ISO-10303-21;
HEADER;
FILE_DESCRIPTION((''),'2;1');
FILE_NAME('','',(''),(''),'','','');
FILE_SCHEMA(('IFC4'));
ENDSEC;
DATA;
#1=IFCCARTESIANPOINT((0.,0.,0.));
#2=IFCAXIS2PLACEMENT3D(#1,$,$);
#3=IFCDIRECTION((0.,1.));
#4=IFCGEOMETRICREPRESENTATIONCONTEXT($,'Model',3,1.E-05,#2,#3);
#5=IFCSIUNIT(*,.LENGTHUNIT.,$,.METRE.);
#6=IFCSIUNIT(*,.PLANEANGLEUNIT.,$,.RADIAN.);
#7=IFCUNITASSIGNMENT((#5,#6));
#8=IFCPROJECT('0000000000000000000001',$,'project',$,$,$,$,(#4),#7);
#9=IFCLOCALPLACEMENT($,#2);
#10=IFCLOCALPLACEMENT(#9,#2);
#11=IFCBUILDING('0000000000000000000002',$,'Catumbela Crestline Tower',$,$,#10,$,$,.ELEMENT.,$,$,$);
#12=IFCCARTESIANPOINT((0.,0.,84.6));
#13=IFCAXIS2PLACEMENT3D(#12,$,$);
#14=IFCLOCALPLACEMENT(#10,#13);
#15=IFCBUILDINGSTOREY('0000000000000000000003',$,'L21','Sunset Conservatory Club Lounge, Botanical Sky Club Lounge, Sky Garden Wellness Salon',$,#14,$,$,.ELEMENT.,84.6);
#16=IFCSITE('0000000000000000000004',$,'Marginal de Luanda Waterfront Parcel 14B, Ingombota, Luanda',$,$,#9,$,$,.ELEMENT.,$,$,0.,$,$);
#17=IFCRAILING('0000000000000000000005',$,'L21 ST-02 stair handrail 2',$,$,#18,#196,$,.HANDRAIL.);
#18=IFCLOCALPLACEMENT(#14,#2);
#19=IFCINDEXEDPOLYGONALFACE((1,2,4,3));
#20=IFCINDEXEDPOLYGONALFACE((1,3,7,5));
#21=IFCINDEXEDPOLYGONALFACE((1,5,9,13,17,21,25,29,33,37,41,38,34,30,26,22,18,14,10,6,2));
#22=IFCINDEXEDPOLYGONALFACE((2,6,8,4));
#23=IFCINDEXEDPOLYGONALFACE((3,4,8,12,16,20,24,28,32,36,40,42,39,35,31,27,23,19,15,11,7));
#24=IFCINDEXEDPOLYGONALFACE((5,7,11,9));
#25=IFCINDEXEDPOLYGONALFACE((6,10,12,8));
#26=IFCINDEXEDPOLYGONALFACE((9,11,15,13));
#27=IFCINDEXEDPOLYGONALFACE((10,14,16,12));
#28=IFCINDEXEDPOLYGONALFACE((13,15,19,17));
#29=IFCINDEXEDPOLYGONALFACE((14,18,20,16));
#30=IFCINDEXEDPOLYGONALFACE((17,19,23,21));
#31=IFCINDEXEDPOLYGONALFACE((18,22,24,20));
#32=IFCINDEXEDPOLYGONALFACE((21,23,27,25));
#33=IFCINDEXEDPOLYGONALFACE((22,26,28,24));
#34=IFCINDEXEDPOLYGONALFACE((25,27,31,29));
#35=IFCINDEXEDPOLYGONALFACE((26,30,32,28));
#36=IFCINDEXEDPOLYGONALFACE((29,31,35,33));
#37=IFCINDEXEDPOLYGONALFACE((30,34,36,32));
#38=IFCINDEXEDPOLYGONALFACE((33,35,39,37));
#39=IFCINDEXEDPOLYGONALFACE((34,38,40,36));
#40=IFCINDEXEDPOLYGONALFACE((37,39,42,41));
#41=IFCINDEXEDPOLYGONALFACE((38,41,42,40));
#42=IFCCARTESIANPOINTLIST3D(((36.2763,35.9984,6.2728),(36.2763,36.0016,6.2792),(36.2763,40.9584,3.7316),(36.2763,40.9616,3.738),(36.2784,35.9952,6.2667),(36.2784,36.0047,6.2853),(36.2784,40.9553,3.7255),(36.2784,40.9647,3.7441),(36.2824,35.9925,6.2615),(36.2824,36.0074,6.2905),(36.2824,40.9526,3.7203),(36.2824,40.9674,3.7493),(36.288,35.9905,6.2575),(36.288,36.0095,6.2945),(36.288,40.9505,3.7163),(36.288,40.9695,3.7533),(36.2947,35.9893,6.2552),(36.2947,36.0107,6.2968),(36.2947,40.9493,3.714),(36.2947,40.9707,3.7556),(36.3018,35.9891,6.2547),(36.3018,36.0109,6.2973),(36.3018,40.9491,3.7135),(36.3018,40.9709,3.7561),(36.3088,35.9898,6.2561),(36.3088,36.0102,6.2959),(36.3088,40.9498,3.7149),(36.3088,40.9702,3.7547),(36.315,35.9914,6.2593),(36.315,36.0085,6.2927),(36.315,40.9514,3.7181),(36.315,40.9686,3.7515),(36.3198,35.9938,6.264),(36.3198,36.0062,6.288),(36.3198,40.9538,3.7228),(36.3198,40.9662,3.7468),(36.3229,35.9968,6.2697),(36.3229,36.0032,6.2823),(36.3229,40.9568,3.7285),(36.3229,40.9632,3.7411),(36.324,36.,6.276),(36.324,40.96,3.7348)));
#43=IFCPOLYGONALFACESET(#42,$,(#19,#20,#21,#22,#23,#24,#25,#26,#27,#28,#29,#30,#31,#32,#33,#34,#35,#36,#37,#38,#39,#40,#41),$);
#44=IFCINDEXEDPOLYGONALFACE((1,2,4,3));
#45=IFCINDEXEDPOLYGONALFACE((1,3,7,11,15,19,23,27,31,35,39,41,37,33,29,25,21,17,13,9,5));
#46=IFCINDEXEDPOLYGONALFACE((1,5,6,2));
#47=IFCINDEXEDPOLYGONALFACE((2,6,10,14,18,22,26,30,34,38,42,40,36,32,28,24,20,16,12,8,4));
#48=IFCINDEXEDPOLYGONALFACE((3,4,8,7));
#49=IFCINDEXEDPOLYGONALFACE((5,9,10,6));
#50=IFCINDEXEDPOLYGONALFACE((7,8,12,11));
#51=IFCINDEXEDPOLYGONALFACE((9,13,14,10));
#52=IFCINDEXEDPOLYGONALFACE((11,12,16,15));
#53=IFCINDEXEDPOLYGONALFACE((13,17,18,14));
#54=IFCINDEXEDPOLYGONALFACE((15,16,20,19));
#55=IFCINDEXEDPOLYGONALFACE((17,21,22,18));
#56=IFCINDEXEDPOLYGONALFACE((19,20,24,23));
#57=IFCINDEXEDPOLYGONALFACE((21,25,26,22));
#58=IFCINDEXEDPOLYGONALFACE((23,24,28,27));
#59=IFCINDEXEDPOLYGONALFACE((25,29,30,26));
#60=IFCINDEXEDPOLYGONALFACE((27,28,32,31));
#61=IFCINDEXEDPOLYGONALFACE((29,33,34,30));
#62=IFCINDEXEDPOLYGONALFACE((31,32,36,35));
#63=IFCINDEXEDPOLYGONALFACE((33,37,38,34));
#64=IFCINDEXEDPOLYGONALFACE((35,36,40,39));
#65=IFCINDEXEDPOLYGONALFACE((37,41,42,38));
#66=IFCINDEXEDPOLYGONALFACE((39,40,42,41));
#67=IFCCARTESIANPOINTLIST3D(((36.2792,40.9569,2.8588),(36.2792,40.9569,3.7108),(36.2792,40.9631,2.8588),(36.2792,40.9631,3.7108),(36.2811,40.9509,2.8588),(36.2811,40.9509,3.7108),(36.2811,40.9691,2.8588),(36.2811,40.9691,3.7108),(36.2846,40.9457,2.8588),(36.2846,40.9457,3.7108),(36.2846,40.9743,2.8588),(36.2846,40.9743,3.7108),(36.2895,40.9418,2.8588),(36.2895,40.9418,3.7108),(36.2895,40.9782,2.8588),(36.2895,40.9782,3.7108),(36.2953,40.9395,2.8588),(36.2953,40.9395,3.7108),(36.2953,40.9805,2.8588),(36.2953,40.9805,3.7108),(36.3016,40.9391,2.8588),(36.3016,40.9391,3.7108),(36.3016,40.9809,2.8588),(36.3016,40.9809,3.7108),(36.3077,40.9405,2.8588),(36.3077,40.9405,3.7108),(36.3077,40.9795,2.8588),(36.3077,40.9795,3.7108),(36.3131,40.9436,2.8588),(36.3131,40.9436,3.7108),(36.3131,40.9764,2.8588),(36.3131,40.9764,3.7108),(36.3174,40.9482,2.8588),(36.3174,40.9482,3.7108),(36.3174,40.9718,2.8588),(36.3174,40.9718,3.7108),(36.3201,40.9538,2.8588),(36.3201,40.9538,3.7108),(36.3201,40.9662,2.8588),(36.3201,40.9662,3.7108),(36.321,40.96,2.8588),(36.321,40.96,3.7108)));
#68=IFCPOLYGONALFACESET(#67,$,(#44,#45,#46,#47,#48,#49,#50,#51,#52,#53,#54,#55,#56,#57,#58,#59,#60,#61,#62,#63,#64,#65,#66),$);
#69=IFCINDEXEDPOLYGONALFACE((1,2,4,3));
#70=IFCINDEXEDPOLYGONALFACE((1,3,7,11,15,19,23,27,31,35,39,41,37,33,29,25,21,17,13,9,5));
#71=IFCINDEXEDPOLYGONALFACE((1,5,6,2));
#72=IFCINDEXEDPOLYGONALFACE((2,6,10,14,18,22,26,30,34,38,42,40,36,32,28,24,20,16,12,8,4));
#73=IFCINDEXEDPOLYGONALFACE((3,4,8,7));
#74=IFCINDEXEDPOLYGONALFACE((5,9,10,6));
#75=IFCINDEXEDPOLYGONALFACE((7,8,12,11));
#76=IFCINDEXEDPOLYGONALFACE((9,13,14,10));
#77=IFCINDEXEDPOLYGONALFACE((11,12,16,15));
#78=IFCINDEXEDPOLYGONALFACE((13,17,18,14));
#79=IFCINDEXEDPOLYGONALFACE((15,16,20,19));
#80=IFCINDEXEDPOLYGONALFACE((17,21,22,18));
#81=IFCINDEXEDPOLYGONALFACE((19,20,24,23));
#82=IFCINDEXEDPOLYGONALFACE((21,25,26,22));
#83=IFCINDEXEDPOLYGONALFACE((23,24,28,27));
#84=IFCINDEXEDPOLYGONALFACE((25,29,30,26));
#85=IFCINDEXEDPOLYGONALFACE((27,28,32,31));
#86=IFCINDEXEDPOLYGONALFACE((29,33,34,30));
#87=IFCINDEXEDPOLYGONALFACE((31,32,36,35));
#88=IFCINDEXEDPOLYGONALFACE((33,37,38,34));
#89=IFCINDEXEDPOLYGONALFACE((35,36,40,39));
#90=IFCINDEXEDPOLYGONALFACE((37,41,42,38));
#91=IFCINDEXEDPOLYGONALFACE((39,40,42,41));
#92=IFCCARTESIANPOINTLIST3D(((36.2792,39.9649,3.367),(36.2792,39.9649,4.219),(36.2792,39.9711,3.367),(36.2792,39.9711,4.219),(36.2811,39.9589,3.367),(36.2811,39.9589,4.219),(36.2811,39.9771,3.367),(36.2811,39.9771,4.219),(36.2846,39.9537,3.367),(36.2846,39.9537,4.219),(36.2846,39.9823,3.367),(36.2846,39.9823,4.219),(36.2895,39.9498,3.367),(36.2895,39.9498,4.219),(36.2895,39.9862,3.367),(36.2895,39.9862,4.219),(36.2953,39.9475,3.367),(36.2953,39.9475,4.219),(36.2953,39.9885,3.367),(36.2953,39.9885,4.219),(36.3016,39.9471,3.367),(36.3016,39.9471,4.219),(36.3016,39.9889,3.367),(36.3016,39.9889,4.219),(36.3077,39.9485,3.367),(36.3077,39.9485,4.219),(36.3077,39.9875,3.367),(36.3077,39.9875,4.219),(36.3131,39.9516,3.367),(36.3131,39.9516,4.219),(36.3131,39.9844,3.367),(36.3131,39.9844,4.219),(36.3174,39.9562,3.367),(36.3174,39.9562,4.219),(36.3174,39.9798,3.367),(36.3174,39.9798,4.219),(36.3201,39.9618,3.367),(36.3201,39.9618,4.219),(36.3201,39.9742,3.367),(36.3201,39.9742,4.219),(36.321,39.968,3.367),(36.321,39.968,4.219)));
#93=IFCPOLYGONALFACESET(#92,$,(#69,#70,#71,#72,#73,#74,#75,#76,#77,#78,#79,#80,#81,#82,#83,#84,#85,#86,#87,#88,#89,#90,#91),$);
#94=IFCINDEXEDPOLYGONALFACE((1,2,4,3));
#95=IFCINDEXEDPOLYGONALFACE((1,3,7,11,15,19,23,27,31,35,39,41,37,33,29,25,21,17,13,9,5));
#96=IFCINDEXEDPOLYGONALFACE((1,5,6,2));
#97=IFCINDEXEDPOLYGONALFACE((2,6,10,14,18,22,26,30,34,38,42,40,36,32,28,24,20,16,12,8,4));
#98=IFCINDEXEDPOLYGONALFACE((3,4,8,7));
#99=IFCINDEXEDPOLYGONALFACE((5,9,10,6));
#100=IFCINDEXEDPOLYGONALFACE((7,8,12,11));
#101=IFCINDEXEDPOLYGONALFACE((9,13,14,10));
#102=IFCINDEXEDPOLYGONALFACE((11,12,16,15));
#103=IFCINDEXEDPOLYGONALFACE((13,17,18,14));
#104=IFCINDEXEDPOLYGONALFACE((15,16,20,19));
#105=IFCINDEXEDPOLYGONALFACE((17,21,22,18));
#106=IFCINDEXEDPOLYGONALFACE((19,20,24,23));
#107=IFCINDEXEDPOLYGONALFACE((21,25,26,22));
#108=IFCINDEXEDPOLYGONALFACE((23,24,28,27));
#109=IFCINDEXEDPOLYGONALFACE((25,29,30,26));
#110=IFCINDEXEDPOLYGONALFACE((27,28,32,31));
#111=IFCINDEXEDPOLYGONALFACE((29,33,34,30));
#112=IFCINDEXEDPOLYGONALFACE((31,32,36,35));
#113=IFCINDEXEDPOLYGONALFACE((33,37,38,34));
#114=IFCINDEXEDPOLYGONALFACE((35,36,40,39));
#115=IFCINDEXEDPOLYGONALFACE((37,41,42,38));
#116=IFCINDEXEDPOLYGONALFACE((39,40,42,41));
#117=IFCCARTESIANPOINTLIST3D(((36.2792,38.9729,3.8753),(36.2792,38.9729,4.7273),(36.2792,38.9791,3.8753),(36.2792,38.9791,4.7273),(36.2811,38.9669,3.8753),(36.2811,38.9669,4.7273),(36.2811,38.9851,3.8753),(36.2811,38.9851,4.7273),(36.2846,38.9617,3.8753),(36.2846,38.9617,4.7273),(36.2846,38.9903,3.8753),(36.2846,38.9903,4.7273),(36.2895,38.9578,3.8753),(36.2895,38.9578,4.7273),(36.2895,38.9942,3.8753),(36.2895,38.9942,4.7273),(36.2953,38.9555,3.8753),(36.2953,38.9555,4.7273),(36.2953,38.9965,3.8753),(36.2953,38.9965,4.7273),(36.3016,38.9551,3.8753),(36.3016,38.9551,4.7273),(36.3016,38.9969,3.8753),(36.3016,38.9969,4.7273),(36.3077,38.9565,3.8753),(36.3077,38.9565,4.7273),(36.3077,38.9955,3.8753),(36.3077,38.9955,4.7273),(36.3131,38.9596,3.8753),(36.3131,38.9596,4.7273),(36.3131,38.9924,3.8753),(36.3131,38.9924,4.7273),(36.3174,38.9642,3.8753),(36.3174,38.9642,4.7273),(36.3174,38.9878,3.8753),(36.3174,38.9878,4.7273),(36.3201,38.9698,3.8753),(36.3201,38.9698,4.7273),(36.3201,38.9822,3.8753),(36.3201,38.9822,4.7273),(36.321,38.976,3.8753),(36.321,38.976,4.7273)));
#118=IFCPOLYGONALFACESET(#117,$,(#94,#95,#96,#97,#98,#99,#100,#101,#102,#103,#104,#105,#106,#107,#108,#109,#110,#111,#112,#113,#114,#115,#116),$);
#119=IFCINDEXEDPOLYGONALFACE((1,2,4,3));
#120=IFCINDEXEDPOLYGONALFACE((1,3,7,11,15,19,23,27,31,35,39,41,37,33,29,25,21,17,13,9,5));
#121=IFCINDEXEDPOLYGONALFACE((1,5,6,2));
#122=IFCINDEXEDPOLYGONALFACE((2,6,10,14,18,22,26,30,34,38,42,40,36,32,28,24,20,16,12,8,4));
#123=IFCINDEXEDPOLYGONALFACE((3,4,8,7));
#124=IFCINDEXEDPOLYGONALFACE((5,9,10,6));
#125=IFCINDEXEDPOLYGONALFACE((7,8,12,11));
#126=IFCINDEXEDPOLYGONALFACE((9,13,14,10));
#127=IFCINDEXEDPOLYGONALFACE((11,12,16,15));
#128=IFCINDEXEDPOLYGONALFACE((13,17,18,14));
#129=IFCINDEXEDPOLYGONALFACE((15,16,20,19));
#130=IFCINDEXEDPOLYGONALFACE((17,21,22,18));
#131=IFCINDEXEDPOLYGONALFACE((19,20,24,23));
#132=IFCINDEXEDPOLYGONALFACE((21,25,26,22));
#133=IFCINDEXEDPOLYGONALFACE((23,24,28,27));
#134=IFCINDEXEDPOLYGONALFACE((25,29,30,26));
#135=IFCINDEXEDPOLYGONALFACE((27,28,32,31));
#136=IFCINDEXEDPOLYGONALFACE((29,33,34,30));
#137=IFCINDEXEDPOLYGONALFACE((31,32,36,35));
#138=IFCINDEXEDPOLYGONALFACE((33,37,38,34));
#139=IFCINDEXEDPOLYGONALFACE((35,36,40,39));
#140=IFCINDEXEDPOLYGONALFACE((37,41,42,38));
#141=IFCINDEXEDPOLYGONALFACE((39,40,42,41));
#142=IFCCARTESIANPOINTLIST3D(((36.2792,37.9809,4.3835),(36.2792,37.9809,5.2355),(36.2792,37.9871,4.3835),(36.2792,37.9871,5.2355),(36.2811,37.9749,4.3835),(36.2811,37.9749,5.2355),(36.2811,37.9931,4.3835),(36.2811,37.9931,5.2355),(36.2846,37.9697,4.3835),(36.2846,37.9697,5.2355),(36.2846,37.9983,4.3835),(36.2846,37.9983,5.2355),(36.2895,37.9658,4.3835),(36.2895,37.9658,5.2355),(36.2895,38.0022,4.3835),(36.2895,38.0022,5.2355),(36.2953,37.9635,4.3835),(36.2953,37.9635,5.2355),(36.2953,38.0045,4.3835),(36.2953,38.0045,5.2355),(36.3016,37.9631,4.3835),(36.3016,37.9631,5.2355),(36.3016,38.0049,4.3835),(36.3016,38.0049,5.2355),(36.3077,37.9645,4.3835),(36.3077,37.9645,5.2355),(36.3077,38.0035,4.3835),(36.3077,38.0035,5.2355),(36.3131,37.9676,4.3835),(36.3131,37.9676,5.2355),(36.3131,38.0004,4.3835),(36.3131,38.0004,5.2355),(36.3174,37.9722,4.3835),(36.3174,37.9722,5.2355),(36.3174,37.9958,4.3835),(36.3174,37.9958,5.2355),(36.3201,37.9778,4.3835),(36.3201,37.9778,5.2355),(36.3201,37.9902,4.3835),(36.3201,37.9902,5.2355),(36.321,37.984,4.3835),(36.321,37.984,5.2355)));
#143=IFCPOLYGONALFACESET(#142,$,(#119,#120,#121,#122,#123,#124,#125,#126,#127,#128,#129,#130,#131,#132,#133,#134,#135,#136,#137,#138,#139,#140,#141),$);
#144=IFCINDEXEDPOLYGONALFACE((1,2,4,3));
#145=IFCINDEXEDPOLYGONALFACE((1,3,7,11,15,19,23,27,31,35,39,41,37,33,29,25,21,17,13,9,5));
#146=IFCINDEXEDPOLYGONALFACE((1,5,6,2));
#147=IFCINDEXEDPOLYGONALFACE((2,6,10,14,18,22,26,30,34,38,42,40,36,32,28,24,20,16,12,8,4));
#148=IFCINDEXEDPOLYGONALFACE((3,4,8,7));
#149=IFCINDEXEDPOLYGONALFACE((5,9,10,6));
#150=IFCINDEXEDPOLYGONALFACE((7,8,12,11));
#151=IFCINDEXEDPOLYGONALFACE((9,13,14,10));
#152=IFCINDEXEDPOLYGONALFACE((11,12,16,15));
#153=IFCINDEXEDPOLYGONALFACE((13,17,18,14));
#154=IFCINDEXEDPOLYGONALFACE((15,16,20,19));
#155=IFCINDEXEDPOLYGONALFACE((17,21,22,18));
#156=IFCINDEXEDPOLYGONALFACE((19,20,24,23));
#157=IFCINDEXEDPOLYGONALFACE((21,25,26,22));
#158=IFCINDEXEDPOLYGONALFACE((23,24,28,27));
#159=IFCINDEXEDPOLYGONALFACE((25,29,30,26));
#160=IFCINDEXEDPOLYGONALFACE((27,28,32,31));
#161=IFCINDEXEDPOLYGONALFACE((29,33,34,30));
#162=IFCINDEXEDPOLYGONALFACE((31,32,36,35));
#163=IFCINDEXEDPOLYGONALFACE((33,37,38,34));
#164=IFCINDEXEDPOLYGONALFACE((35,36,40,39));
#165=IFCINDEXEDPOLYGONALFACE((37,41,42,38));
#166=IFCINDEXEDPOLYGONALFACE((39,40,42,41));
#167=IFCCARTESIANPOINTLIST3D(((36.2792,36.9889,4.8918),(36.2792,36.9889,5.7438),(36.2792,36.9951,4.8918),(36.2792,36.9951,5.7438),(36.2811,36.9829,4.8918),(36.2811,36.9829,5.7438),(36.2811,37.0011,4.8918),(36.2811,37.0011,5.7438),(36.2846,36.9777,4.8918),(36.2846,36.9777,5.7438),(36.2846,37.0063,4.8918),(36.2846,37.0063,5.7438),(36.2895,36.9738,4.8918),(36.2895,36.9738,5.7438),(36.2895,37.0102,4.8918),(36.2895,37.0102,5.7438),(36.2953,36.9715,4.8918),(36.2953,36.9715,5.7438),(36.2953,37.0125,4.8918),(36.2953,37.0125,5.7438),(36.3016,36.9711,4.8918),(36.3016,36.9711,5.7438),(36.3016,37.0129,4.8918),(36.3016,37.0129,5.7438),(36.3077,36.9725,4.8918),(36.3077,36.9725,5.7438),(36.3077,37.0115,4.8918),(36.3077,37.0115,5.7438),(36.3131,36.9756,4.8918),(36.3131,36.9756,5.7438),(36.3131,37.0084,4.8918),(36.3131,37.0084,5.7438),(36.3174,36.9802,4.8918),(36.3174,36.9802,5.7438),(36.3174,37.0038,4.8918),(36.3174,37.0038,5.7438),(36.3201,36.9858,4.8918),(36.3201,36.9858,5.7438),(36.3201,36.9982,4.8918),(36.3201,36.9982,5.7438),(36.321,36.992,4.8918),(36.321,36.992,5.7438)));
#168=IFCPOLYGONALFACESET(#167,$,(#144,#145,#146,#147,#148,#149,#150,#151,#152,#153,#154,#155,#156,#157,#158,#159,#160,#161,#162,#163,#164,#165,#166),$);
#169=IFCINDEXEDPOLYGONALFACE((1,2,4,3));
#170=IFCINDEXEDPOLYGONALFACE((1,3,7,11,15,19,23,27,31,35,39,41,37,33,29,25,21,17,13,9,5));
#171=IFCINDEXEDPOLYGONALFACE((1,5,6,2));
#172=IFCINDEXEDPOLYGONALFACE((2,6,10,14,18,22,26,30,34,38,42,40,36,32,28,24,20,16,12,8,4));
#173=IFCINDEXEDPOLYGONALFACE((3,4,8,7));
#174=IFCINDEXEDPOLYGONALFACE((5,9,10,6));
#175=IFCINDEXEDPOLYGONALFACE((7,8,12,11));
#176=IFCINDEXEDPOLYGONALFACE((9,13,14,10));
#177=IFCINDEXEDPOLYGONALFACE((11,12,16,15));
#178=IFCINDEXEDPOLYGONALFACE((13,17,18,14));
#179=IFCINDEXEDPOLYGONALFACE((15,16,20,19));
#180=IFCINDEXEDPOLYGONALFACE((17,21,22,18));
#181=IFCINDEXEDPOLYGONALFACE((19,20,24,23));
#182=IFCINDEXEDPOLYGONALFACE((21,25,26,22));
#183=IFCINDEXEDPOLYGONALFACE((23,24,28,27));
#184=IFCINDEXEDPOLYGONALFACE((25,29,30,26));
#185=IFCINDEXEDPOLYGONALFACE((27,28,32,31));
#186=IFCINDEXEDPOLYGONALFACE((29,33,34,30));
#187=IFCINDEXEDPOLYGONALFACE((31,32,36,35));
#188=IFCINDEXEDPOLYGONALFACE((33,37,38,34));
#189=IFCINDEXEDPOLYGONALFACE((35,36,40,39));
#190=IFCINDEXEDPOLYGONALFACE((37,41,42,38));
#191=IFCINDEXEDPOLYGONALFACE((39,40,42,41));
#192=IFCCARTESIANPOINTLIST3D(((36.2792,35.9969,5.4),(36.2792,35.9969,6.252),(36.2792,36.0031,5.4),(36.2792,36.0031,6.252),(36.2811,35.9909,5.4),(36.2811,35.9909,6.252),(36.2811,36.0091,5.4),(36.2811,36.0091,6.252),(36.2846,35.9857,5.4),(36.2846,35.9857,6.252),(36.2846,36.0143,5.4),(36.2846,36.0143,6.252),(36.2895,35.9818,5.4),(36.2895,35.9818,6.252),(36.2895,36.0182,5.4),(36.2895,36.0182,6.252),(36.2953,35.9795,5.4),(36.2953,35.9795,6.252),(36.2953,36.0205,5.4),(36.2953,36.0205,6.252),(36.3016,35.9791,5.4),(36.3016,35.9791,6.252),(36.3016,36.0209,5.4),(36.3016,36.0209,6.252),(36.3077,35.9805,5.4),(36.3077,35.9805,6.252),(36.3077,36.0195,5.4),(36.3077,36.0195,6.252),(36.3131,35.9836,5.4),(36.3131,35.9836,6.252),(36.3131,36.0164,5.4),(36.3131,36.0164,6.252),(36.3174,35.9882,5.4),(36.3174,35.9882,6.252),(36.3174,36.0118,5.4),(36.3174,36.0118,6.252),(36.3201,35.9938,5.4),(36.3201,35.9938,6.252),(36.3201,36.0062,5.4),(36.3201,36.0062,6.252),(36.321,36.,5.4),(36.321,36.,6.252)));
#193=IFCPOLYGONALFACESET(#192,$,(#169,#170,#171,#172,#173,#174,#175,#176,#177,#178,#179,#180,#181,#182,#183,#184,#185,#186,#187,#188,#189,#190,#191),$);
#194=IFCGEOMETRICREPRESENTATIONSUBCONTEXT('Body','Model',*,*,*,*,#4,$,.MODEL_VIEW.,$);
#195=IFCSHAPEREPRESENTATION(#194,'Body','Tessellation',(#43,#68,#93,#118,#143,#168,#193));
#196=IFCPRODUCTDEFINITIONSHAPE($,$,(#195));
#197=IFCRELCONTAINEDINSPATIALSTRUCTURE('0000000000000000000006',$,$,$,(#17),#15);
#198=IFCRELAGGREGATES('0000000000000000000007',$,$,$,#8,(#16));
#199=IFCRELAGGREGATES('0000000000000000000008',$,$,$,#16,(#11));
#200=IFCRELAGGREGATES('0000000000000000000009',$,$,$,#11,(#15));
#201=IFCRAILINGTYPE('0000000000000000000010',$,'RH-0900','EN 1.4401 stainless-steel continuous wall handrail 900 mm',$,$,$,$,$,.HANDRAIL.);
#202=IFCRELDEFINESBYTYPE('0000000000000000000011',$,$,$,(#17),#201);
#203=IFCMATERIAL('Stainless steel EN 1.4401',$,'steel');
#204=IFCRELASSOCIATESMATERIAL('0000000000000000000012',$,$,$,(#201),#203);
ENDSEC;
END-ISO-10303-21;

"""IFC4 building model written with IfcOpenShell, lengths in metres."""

from ifc_helpers import new_model, si_unit, direction, frame, origin, origin_2d, place, context, subcontext, project, spatial, circle, extrude, material, type_object, element, save


model = new_model("IFC4")

# Units and contexts
model_context = context("Model", 3, precision=1e-05, world=origin(), true_north=direction((0.0, 1.0)))
body_context = subcontext(model_context, "Body", "Model", "MODEL_VIEW")
ifc_project = project(units=[si_unit("LENGTHUNIT", "METRE"), si_unit("PLANEANGLEUNIT", "RADIAN")], contexts=[model_context])

# Site, building, storey
site_placement = place(None, origin())
site = spatial("IfcSite", under=ifc_project, at=site_placement, Name="Marginal de Luanda Waterfront Parcel 14B, Ingombota, Luanda", CompositionType="ELEMENT", RefElevation=0.0)
building_placement = place(site_placement, origin())
building = spatial("IfcBuilding", under=site, at=building_placement, Name="Catumbela Crestline Tower", CompositionType="ELEMENT")
storey_placement = place(building_placement, frame((0.0, 0.0, 84.6)))
storey = spatial("IfcBuildingStorey", under=building, at=storey_placement, Name="L21", Description="Sunset Conservatory Club Lounge, Botanical Sky Club Lounge, Sky Garden Wellness Salon", CompositionType="ELEMENT", Elevation=84.6)

# Shared definitions
ifc_material_1 = material(Name="Stainless steel EN 1.4401", Category="steel")

# Railing
railing_type = type_object("IfcRailingType", Name="RH-0900", Description="EN 1.4401 stainless-steel continuous wall handrail 900 mm", PredefinedType="HANDRAIL", material=ifc_material_1)
railing_placement = place(storey_placement, frame((36.3, 40.96, 2.8588)))
element("IfcRailing", 1, at=railing_placement, inside=storey, type_object=railing_type, Name="L21 ST-02 stair handrail 2", PredefinedType="HANDRAIL", context=body_context, shape_type="SweptSolid", body=[
    extrude(circle(Radius=0.024, at=origin_2d()), frame((0.0, 0.0, 0.876), z_axis=(0.0, -0.889992, 0.455977), x_axis=(1.0, 0.0, 0.0)), (0.0, 0.0, 1.0), 5.5731),
    extrude(circle(Radius=0.021, at=origin_2d()), origin(), (0.0, 0.0, 1.0), 0.852),
    extrude(circle(Radius=0.021, at=origin_2d()), frame((0.0, -0.992, 0.5082)), (0.0, 0.0, 1.0), 0.852),
    extrude(circle(Radius=0.021, at=origin_2d()), frame((0.0, -1.984, 1.0165)), (0.0, 0.0, 1.0), 0.852),
    extrude(circle(Radius=0.021, at=origin_2d()), frame((0.0, -2.976, 1.5247)), (0.0, 0.0, 1.0), 0.852),
    extrude(circle(Radius=0.021, at=origin_2d()), frame((0.0, -3.968, 2.033)), (0.0, 0.0, 1.0), 0.852),
    extrude(circle(Radius=0.021, at=origin_2d()), frame((0.0, -4.96, 2.5412)), (0.0, 0.0, 1.0), 0.852),
])

save(model, "model.ifc")
